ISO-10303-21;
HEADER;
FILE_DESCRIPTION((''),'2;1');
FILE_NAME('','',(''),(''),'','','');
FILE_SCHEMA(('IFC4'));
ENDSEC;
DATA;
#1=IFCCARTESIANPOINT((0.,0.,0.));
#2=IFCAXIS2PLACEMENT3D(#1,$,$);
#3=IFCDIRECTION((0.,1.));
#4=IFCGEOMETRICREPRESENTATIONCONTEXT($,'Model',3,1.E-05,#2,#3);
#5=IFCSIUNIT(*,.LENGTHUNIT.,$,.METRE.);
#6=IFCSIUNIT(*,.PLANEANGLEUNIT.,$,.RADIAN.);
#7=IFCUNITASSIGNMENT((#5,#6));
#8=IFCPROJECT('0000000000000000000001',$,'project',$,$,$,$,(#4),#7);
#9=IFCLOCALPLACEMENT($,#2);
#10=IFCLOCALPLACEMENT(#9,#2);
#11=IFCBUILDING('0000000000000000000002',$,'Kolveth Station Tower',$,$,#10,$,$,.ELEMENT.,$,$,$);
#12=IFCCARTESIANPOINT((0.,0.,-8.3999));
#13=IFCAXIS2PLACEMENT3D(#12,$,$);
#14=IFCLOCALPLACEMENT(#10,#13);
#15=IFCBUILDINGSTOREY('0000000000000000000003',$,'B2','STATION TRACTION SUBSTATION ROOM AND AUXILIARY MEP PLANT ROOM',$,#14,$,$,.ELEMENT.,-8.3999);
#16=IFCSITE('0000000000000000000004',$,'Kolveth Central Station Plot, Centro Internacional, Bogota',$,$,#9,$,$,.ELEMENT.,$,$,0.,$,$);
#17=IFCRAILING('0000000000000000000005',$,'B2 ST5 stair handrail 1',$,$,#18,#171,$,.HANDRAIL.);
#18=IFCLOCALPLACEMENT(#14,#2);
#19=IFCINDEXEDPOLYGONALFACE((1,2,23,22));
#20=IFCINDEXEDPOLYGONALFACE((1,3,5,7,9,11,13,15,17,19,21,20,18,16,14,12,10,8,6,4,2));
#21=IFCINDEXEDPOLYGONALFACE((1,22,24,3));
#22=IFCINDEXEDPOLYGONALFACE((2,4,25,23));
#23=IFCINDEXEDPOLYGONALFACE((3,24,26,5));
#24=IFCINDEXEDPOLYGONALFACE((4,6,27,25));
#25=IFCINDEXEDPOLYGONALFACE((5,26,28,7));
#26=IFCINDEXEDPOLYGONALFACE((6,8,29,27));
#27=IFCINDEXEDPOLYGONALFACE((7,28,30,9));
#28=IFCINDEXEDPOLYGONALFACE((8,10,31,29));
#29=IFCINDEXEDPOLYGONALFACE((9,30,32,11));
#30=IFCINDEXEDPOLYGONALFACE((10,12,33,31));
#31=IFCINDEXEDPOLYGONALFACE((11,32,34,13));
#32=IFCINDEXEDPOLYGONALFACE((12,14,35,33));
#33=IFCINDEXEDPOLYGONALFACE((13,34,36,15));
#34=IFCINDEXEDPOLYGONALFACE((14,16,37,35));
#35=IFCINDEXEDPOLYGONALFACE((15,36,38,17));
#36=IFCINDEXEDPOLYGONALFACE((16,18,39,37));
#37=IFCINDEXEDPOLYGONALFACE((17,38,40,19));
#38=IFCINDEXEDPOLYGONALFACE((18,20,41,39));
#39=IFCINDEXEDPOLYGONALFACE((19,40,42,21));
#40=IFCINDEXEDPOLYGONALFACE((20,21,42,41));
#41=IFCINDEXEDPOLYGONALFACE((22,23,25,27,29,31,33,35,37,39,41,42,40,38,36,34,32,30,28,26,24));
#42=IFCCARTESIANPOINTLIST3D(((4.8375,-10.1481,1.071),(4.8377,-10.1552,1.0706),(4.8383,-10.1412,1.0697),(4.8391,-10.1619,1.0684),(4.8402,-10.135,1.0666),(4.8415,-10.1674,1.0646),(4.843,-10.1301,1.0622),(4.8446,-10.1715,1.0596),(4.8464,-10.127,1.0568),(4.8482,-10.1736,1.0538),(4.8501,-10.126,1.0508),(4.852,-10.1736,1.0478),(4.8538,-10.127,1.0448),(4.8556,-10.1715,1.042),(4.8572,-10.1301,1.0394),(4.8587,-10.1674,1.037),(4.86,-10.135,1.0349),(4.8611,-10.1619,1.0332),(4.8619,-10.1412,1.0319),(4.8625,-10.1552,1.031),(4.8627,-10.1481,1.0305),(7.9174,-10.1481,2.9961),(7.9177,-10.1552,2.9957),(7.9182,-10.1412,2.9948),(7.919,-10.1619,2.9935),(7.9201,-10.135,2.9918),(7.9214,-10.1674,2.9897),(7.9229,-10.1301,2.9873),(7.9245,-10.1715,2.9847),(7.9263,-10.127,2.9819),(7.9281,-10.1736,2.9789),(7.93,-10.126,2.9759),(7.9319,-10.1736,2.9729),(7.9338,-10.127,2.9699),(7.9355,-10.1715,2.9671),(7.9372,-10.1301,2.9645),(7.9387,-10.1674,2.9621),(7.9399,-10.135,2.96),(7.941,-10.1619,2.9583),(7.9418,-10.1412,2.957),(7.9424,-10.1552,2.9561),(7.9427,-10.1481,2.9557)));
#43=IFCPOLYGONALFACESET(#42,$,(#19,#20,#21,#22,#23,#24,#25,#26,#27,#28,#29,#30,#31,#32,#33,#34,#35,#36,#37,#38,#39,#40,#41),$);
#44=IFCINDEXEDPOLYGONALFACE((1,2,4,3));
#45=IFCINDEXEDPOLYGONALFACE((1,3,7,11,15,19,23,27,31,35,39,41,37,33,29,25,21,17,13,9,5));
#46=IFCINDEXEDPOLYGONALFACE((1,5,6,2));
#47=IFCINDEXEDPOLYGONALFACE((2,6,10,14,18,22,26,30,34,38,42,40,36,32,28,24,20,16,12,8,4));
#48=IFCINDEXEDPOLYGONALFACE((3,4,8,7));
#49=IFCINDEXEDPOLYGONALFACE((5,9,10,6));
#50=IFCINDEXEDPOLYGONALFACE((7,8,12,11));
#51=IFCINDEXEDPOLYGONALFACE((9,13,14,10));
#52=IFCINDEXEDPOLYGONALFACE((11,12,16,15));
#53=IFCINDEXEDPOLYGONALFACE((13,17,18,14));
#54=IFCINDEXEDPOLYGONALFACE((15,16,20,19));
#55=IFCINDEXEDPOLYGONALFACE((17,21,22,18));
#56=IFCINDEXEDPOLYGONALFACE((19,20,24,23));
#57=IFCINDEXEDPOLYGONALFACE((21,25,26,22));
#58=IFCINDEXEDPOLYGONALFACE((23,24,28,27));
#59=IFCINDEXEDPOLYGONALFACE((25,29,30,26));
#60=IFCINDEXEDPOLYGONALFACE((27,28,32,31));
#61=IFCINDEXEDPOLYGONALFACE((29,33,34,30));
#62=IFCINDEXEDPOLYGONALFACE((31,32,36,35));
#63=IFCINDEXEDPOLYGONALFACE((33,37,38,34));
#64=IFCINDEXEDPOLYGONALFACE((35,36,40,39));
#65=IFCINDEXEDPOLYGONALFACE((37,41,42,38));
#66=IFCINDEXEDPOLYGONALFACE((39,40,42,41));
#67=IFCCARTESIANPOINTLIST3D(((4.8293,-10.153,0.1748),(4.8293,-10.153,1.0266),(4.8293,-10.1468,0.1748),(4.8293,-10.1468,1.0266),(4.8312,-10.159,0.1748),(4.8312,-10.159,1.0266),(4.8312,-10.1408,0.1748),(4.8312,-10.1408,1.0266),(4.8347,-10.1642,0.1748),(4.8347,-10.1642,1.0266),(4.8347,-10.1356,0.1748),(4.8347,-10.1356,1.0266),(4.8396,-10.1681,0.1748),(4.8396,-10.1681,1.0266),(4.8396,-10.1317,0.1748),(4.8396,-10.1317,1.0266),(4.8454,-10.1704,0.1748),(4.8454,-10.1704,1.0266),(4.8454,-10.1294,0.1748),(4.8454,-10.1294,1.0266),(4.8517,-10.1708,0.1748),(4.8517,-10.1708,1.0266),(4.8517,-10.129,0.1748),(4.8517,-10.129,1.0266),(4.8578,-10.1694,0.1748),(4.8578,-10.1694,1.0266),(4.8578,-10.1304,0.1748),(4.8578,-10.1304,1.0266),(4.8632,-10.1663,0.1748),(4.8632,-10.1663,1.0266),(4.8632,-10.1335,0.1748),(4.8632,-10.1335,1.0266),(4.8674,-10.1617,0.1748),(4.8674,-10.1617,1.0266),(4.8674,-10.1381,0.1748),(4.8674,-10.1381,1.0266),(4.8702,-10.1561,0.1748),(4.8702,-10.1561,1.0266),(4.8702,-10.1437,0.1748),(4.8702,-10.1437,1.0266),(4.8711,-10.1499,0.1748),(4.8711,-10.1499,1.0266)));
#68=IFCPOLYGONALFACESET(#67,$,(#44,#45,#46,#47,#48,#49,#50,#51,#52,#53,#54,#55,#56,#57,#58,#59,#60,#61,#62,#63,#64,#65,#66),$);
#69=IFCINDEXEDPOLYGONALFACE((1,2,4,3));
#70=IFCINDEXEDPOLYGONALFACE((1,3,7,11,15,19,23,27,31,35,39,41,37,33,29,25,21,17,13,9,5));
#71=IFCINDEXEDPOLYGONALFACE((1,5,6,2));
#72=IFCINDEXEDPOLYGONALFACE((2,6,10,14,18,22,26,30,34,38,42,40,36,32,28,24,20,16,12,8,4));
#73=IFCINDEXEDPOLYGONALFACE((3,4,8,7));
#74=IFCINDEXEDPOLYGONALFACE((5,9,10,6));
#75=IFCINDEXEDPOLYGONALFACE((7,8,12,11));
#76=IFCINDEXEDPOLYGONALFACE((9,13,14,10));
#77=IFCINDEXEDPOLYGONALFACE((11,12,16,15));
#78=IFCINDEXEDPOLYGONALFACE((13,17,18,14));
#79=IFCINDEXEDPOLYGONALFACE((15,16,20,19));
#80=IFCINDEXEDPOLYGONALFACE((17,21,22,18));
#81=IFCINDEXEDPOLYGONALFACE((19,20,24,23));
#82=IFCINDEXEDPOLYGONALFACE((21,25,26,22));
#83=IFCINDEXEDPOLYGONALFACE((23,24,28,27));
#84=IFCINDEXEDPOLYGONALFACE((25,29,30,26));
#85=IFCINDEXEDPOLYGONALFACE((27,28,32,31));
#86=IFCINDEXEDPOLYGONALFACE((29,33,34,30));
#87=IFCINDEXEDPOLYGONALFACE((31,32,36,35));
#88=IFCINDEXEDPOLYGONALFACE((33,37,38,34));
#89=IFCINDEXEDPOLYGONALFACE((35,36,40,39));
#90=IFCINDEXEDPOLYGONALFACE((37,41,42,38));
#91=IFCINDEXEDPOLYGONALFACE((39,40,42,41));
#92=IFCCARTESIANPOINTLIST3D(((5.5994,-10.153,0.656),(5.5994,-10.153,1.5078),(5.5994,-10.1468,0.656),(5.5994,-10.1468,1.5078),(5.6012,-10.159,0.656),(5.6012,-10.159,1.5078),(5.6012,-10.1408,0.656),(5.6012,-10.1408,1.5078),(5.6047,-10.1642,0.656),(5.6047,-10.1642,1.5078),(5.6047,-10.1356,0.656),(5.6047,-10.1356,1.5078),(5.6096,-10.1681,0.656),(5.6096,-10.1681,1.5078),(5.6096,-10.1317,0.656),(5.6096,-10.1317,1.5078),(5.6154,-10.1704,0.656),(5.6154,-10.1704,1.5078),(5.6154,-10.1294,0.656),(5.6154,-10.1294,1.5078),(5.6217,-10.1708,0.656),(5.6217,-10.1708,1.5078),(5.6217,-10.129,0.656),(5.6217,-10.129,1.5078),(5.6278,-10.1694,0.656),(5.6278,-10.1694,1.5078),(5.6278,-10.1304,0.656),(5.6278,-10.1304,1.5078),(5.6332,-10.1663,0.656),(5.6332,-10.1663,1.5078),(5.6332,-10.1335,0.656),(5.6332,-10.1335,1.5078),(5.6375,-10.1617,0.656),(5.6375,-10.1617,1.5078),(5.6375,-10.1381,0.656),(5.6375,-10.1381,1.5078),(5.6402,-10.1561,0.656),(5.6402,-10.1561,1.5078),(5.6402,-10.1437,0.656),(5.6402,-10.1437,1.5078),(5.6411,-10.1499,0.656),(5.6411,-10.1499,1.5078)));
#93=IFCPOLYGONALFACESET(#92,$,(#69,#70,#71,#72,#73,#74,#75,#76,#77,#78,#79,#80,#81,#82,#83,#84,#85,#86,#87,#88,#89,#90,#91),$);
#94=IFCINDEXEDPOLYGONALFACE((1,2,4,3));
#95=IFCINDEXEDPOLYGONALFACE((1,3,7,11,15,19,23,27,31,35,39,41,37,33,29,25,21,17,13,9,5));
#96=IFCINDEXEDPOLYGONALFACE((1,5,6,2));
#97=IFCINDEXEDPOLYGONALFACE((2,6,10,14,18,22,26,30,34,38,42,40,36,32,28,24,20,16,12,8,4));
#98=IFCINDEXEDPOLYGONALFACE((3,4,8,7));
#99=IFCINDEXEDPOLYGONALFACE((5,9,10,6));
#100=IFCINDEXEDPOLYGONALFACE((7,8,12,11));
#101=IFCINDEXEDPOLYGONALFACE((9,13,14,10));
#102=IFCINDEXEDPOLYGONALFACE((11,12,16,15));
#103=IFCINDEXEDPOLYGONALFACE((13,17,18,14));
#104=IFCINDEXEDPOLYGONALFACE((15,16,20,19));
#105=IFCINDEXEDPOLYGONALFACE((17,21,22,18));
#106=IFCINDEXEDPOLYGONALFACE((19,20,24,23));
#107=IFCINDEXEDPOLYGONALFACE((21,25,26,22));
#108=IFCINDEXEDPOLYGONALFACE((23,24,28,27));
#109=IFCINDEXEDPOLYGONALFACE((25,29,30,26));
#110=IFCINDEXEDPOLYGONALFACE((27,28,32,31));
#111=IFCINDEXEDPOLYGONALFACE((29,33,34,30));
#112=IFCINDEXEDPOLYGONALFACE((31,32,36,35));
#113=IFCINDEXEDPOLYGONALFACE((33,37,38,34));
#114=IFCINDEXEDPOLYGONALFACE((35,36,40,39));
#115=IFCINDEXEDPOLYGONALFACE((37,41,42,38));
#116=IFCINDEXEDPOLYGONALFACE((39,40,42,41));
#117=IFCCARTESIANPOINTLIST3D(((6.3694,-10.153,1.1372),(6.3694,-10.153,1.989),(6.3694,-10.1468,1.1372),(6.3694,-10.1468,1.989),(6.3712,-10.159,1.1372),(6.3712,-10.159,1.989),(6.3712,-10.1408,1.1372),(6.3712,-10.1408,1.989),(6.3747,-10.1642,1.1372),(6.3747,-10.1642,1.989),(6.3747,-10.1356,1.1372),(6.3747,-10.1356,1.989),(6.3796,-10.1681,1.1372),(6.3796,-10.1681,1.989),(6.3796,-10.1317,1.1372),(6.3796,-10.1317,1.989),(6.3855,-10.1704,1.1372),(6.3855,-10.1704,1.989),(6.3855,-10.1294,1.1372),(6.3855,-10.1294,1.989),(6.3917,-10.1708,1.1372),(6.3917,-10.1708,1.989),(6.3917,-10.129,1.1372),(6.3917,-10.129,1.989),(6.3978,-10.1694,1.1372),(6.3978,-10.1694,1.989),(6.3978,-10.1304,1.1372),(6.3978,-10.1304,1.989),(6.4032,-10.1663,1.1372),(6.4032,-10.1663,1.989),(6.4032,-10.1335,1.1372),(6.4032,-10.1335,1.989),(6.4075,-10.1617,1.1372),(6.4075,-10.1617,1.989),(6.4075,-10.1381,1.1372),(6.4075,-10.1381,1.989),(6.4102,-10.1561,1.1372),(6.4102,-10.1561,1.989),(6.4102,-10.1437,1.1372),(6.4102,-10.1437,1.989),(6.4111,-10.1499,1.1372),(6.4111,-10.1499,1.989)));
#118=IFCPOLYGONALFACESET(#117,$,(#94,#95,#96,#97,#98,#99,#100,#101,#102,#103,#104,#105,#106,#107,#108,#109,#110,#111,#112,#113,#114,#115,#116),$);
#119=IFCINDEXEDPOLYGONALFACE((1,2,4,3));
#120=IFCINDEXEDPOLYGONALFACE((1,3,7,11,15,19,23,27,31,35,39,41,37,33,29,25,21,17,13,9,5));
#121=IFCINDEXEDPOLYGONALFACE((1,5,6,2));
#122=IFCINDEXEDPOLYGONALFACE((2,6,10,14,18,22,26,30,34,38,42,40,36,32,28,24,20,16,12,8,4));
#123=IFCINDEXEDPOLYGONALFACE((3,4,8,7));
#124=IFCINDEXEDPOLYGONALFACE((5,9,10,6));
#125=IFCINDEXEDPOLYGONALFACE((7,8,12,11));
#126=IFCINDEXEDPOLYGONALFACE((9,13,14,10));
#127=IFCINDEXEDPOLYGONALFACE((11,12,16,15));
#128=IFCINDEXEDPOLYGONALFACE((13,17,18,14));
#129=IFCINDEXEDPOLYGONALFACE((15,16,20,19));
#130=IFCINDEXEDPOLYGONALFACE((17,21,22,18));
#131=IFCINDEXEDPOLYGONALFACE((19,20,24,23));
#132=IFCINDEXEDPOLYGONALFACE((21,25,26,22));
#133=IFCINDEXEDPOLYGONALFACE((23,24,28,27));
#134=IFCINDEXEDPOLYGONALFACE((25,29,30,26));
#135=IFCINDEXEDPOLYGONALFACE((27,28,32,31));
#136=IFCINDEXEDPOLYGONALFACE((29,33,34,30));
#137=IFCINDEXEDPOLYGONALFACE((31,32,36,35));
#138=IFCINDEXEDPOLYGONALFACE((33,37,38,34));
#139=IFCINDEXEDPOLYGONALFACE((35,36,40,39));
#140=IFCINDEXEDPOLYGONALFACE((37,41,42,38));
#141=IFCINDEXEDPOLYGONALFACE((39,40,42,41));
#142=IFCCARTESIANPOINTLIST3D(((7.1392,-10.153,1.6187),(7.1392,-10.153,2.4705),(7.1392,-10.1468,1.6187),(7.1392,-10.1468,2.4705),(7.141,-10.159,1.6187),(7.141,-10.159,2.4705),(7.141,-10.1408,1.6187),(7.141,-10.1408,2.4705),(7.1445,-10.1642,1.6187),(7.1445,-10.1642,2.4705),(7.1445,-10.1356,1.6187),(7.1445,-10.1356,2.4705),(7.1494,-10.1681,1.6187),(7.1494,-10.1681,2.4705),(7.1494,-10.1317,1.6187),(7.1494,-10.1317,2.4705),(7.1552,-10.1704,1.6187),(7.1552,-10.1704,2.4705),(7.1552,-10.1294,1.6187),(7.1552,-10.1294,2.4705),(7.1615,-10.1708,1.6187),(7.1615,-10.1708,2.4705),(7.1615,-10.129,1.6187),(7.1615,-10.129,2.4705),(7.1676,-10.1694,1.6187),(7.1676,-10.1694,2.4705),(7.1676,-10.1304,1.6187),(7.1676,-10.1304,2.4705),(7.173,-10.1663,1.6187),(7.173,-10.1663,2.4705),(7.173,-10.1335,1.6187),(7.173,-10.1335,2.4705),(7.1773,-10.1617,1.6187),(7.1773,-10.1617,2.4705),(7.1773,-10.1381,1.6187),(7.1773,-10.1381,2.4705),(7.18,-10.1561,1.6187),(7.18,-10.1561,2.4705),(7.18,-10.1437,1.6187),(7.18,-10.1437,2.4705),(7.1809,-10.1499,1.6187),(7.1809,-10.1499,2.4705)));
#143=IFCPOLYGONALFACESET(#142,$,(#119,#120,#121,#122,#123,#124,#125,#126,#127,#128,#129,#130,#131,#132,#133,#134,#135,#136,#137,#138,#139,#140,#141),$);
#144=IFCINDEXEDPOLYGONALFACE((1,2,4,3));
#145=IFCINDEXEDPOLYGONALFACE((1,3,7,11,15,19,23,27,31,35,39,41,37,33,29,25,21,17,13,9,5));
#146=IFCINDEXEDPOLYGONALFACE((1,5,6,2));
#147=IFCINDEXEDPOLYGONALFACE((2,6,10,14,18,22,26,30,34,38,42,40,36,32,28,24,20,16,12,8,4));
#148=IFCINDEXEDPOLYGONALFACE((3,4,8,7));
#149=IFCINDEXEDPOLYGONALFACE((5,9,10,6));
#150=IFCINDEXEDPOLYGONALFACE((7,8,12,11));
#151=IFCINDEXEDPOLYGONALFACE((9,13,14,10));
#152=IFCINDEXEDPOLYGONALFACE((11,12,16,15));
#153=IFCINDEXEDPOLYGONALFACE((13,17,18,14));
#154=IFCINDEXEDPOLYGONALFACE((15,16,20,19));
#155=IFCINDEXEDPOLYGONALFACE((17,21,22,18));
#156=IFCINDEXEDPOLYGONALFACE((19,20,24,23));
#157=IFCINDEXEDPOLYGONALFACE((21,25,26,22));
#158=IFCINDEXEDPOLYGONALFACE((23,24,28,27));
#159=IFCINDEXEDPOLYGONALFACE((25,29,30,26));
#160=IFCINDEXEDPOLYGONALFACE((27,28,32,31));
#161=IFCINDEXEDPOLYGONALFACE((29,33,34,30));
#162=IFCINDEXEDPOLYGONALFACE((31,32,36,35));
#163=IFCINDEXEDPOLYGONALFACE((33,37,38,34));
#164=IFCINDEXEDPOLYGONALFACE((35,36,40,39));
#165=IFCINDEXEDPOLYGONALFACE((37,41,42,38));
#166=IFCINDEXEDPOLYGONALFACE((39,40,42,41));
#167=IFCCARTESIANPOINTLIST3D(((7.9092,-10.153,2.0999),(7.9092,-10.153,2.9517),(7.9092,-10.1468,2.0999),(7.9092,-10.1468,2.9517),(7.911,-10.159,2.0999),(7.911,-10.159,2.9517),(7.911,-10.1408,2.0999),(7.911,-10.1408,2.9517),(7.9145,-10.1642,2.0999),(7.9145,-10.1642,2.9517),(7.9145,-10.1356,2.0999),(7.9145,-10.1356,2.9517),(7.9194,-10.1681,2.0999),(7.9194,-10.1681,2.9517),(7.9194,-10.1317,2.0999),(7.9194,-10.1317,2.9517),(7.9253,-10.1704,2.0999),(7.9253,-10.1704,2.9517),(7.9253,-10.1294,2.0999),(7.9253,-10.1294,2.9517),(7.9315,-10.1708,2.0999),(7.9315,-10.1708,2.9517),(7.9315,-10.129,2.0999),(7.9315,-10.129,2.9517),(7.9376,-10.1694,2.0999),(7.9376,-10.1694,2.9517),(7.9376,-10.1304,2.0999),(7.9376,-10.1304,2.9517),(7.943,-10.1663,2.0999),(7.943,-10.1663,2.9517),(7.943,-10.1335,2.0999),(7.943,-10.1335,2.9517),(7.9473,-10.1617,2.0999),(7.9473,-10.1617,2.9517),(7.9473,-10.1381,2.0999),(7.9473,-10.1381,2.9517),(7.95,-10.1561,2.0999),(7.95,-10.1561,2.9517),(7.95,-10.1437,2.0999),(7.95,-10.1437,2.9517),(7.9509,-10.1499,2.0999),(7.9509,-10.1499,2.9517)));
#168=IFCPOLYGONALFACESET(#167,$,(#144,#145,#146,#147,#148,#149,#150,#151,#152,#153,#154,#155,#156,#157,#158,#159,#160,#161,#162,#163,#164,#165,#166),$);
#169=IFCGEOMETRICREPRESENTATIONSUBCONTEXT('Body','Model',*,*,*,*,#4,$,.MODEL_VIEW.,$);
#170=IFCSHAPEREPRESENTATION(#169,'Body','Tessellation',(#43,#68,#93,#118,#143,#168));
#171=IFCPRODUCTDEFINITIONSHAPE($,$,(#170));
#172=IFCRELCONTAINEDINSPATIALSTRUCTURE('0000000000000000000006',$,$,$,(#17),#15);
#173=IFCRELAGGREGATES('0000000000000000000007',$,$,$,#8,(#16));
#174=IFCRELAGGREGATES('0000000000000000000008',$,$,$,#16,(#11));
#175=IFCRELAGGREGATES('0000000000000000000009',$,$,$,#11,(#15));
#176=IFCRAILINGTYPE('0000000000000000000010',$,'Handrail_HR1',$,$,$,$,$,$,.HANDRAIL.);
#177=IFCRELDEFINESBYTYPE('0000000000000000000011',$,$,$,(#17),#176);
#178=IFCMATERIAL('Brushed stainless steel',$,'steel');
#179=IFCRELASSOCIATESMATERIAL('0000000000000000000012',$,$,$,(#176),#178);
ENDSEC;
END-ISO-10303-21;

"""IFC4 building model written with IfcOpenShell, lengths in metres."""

from ifc_helpers import new_model, si_unit, direction, frame, origin, origin_2d, place, context, subcontext, project, spatial, circle, extrude, material, type_object, element, save


model = new_model("IFC4")

# Units and contexts
model_context = context("Model", 3, precision=1e-05, world=origin(), true_north=direction((0.0, 1.0)))
body_context = subcontext(model_context, "Body", "Model", "MODEL_VIEW")
ifc_project = project(units=[si_unit("LENGTHUNIT", "METRE"), si_unit("PLANEANGLEUNIT", "RADIAN")], contexts=[model_context])

# Site, building, storey
site_placement = place(None, origin())
site = spatial("IfcSite", under=ifc_project, at=site_placement, Name="Kolveth Central Station Plot, Centro Internacional, Bogota", CompositionType="ELEMENT", RefElevation=0.0)
building_placement = place(site_placement, origin())
building = spatial("IfcBuilding", under=site, at=building_placement, Name="Kolveth Station Tower", CompositionType="ELEMENT")
storey_placement = place(building_placement, frame((0.0, 0.0, -8.3999)))
storey = spatial("IfcBuildingStorey", under=building, at=storey_placement, Name="B2", Description="STATION TRACTION SUBSTATION ROOM AND AUXILIARY MEP PLANT ROOM", CompositionType="ELEMENT", Elevation=-8.3999)

# Railing
ifc_material_1 = material(Name="Brushed stainless steel", Category="steel")
railing_type_1 = type_object("IfcRailingType", Name="Handrail_HR1", PredefinedType="HANDRAIL", material=ifc_material_1)
railing_1_placement = place(storey_placement, frame((4.8501, -10.1499, 0.1748)))
element("IfcRailing", 1, at=railing_1_placement, inside=storey, type_object=railing_type_1, Name="B2 ST5 stair handrail 1", PredefinedType="HANDRAIL", context=body_context, shape_type="SweptSolid", body=[
    extrude(circle(Radius=0.0239, at=origin_2d()), frame((0.0, 0.0, 0.876), z_axis=(0.847979, 0.0, 0.530029), x_axis=(0.0, 1.0, 0.0)), (0.0, 0.0, 1.0), 3.6321),
    extrude(circle(Radius=0.021, at=origin_2d()), origin(), (0.0, 0.0, 1.0), 0.8518),
    extrude(circle(Radius=0.021, at=origin_2d()), frame((0.77, 0.0, 0.4812)), (0.0, 0.0, 1.0), 0.8518),
    extrude(circle(Radius=0.021, at=origin_2d()), frame((1.54, 0.0, 0.9624)), (0.0, 0.0, 1.0), 0.8518),
    extrude(circle(Radius=0.021, at=origin_2d()), frame((2.3098, 0.0, 1.4438)), (0.0, 0.0, 1.0), 0.8518),
    extrude(circle(Radius=0.021, at=origin_2d()), frame((3.0798, 0.0, 1.925)), (0.0, 0.0, 1.0), 0.8518),
])

save(model, "model.ifc")
